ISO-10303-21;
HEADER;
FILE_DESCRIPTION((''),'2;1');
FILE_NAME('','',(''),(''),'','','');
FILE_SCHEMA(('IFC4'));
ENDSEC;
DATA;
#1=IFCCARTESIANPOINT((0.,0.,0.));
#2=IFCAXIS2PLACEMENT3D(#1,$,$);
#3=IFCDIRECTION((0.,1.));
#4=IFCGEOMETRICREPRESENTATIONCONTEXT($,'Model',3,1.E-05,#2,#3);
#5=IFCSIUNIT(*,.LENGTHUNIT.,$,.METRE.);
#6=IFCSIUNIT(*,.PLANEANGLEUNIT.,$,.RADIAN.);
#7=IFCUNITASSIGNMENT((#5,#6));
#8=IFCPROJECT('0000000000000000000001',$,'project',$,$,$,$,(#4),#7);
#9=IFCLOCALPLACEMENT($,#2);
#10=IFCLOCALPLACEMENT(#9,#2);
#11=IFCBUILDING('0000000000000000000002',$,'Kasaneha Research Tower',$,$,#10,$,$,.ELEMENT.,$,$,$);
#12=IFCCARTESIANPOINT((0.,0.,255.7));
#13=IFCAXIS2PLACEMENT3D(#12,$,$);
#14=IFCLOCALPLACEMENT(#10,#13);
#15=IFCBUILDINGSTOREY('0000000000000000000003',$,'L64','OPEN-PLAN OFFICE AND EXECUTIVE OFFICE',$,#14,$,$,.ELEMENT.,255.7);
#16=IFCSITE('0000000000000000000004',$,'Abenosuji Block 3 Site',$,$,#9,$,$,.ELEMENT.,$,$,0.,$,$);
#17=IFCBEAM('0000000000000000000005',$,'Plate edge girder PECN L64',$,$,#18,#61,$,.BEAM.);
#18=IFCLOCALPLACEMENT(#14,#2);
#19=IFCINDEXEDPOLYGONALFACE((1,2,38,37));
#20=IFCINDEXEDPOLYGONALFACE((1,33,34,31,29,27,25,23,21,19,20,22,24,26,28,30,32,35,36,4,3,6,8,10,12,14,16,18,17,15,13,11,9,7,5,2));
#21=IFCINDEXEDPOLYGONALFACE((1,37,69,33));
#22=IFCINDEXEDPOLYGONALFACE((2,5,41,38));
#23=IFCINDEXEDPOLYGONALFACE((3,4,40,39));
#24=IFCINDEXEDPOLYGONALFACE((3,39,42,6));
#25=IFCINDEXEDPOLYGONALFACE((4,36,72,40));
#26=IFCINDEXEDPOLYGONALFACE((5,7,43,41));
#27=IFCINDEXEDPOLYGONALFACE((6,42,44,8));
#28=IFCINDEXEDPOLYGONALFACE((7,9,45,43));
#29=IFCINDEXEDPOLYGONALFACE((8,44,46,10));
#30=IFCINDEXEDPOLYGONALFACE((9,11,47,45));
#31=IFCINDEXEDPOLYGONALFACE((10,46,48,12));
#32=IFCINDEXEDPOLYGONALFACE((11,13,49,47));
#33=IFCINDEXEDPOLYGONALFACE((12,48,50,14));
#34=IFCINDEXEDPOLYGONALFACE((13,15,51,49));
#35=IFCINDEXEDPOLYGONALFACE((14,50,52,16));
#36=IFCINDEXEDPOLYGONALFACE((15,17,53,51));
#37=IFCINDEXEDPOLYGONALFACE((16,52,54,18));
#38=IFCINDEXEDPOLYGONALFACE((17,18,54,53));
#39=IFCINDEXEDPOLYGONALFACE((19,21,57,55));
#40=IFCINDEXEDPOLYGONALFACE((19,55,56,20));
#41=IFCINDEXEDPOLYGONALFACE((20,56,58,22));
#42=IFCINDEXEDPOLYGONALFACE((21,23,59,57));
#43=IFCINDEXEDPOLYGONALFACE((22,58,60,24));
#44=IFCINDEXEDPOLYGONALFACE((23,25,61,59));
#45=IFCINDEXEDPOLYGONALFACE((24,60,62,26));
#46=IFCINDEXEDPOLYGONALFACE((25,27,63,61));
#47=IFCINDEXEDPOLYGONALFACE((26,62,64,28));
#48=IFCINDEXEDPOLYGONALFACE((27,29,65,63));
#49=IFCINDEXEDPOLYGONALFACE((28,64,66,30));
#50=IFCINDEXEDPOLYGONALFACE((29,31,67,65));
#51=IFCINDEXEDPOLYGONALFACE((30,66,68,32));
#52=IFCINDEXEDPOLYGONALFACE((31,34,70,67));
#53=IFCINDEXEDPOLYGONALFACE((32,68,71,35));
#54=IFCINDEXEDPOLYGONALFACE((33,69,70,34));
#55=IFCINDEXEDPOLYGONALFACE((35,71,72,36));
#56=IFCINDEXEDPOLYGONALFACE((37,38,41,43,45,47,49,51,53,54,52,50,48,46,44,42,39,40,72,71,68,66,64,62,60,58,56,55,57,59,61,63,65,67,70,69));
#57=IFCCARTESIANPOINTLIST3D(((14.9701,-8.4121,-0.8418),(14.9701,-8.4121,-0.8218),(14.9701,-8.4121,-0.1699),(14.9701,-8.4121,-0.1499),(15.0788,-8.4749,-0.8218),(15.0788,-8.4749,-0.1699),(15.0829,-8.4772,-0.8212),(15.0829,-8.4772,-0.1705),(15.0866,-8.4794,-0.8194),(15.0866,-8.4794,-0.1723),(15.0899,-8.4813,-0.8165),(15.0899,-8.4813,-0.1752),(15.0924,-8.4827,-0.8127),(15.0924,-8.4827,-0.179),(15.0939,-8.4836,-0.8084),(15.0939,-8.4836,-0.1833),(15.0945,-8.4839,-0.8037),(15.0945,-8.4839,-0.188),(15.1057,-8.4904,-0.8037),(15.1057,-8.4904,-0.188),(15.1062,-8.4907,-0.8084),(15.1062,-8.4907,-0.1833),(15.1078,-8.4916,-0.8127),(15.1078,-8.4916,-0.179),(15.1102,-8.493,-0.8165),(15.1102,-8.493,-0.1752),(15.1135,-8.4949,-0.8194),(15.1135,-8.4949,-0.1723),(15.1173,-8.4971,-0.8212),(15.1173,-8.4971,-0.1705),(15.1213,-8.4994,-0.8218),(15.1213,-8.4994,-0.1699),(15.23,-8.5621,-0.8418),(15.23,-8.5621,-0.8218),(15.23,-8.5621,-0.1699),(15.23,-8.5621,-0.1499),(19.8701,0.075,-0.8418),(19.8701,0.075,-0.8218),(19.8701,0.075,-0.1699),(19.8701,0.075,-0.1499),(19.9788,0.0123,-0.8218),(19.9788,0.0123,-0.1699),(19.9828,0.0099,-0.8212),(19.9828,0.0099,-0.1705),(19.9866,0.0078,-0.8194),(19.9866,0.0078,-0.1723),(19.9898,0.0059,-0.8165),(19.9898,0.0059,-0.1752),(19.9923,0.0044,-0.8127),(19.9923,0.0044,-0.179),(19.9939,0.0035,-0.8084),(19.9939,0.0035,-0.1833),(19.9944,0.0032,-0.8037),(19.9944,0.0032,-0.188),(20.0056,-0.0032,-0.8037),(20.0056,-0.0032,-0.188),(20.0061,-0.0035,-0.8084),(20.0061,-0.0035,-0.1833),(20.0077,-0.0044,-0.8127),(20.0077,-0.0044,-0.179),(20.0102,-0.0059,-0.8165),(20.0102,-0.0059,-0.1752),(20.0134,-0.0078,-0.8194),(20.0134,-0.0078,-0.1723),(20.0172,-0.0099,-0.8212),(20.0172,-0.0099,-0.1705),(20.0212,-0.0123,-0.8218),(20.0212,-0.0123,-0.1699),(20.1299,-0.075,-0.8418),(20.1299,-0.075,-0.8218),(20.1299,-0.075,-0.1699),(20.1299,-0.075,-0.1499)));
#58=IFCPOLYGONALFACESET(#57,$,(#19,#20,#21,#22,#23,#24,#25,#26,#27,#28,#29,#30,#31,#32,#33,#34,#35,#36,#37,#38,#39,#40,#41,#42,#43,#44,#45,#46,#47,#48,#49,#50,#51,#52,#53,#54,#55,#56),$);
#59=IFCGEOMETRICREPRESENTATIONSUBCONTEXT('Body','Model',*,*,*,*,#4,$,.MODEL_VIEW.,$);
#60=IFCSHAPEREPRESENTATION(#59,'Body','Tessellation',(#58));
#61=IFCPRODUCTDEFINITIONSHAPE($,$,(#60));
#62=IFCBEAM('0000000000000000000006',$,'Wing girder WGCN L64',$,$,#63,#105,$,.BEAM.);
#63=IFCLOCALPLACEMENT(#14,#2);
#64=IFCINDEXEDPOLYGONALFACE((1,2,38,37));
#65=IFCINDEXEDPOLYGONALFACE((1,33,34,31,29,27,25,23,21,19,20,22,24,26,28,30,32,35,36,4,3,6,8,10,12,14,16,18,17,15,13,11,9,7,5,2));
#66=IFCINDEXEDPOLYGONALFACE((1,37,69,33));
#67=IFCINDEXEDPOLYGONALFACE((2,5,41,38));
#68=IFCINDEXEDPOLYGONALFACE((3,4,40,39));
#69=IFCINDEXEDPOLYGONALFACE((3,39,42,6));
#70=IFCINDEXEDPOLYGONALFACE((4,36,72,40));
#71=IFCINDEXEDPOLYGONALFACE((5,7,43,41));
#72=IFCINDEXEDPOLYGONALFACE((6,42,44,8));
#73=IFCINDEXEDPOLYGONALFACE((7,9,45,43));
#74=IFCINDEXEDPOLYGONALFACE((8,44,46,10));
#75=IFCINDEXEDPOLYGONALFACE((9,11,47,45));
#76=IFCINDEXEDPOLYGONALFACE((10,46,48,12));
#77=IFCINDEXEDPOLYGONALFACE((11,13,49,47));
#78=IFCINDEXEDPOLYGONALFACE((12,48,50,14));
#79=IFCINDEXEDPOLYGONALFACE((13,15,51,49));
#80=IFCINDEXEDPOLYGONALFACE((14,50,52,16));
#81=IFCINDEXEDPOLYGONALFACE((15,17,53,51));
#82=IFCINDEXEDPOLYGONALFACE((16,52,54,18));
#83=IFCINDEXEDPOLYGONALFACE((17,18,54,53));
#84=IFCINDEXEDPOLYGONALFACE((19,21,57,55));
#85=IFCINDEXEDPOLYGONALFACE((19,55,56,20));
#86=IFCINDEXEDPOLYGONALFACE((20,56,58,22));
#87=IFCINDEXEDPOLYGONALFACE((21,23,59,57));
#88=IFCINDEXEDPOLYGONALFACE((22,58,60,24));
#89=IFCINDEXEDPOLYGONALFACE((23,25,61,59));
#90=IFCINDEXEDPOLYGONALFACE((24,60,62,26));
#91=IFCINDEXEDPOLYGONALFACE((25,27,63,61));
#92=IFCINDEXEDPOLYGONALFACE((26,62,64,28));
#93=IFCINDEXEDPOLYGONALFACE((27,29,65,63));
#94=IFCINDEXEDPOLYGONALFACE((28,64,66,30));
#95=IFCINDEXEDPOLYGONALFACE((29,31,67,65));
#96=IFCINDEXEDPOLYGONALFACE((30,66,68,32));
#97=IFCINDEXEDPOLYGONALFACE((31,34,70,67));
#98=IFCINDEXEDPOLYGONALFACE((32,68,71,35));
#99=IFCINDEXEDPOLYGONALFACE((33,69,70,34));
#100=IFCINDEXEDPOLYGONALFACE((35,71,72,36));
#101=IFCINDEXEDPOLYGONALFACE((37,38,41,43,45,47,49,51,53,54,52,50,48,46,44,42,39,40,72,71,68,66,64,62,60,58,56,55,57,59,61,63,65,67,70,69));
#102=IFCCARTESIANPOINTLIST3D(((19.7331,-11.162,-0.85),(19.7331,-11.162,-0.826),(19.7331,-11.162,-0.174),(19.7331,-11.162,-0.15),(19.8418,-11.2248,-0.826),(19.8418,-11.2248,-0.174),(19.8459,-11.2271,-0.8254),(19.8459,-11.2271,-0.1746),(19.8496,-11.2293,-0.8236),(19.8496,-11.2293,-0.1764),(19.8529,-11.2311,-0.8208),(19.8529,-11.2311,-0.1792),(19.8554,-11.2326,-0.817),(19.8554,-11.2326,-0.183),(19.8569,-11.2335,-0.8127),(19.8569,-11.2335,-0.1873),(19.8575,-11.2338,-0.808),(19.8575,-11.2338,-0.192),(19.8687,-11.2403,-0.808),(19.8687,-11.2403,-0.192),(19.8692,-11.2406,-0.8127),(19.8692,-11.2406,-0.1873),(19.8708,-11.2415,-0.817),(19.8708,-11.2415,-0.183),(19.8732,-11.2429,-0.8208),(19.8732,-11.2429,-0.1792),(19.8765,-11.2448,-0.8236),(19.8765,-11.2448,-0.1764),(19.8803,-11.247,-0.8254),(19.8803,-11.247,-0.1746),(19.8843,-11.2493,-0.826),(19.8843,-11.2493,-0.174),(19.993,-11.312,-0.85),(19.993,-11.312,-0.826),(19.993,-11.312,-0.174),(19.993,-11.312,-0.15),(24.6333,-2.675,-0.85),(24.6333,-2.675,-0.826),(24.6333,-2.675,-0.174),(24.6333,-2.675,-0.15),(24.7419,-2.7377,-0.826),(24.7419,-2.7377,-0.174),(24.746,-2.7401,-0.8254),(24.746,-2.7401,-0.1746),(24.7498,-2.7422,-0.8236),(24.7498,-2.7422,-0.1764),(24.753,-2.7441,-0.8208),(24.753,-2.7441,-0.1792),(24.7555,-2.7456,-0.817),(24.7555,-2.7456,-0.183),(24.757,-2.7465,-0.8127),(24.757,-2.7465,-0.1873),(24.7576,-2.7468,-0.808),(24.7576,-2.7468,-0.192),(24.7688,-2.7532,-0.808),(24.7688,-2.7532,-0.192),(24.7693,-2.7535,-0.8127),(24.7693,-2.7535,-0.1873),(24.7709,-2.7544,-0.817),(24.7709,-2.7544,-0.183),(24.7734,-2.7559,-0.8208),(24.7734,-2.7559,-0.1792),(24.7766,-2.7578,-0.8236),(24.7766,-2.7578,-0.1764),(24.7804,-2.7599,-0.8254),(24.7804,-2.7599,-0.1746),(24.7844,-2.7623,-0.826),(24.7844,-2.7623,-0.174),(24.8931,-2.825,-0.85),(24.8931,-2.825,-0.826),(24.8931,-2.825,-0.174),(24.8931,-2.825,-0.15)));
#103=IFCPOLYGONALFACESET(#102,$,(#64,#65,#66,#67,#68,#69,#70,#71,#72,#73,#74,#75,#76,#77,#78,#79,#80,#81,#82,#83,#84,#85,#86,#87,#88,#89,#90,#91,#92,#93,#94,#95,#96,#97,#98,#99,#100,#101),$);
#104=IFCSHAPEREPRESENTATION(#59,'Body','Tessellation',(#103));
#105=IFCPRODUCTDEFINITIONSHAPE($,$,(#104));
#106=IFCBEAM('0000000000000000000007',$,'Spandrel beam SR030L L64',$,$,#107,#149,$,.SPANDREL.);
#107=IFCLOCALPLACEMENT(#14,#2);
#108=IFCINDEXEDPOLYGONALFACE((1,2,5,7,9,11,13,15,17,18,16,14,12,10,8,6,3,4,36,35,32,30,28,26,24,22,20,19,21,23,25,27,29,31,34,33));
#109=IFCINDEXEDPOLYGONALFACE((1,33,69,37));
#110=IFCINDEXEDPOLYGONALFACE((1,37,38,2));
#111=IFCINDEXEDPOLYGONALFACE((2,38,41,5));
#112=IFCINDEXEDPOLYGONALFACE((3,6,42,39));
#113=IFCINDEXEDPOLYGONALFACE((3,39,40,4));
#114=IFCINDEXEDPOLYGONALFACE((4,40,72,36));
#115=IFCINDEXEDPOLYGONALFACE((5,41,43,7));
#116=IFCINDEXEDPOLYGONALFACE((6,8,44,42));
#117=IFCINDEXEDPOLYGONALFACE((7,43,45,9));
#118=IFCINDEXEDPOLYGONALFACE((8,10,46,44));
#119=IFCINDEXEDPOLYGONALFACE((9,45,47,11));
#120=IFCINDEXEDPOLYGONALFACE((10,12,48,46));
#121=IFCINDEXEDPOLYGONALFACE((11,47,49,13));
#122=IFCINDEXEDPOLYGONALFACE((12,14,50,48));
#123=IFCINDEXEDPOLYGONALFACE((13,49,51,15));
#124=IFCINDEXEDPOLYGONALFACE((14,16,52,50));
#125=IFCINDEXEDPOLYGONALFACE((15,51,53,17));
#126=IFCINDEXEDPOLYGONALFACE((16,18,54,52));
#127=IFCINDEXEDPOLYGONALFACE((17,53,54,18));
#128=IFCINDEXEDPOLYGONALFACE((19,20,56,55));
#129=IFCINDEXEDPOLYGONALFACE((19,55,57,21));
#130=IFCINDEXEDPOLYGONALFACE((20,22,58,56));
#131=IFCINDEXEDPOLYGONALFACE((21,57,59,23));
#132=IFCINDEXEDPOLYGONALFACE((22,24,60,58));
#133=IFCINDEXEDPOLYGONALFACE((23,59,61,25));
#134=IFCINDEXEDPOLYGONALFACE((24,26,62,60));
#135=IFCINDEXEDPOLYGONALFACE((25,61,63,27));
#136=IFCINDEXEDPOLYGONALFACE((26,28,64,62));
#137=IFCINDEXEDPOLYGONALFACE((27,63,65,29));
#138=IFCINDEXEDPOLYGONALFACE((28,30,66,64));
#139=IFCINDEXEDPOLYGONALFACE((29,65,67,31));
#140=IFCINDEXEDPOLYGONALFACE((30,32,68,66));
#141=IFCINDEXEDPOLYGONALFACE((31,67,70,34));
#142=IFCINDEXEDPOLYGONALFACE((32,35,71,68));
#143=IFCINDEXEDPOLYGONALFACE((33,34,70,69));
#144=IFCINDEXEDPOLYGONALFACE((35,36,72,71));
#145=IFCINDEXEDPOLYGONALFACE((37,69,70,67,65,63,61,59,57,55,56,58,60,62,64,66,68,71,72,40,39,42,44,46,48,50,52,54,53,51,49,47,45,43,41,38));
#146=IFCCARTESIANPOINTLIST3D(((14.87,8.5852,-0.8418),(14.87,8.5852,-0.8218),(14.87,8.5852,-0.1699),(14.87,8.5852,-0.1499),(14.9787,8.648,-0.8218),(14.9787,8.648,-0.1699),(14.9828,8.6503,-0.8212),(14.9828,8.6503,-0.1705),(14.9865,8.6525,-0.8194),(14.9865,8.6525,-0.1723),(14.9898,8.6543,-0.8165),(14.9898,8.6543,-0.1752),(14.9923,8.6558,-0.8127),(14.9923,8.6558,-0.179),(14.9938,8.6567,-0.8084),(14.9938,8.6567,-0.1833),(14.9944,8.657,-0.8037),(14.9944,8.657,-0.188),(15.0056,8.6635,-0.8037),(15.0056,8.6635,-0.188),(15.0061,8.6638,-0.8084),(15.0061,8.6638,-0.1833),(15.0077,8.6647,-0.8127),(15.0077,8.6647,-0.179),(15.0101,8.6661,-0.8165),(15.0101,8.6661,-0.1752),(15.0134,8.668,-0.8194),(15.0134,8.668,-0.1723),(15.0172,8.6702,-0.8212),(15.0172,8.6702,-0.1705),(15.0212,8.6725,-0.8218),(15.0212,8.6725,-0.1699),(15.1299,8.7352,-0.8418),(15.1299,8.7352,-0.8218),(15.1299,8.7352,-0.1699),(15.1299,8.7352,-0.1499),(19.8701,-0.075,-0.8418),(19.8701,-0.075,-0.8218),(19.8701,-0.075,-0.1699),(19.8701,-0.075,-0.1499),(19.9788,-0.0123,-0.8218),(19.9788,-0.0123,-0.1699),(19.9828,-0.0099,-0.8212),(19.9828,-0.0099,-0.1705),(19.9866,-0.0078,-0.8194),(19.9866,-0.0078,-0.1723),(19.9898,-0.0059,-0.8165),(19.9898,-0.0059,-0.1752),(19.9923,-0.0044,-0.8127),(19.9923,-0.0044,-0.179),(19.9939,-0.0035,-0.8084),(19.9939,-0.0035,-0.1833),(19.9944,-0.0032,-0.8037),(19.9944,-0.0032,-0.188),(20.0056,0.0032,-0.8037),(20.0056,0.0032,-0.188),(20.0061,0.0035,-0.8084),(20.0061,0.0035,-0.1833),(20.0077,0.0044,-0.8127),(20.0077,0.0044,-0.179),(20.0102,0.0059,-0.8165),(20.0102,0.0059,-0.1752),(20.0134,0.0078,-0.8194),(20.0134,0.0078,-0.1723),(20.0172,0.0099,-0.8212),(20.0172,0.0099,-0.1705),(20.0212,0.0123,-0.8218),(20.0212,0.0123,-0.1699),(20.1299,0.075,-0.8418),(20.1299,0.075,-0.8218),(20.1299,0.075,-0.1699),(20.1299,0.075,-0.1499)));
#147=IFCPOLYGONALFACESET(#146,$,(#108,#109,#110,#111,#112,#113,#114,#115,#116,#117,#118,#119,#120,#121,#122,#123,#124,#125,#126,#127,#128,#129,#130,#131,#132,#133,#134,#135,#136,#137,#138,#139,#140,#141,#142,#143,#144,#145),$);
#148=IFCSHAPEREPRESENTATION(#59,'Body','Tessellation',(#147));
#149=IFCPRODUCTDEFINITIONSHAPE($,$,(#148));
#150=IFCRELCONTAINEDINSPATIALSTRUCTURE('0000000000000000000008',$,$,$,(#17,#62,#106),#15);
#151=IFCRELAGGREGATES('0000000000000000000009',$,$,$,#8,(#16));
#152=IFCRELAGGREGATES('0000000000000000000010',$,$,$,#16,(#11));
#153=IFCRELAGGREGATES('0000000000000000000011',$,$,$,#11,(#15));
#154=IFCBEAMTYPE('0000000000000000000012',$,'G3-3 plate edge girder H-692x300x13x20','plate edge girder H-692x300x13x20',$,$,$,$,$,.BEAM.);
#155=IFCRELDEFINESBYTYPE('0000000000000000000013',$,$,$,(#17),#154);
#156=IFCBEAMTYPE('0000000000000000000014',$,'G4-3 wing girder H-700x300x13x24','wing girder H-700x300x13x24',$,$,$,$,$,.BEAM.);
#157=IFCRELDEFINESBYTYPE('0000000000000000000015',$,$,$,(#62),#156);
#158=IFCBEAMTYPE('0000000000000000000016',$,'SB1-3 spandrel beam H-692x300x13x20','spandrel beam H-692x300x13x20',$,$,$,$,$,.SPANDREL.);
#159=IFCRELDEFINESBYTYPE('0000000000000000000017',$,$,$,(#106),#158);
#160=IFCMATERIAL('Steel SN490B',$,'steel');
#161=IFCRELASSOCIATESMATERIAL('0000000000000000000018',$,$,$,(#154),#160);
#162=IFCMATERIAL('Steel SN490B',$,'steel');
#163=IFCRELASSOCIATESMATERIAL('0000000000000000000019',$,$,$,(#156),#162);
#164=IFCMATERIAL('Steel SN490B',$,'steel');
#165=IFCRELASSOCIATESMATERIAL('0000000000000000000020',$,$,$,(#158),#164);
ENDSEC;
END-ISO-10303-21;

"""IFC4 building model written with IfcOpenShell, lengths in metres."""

from ifc_helpers import new_model, si_unit, direction, frame, origin, origin_2d, place, context, subcontext, project, spatial, i_section, extrude, material, material_profile, profile_set, type_object, element, save


model = new_model("IFC4")

# Units and contexts
model_context = context("Model", 3, precision=1e-05, world=origin(), true_north=direction((0.0, 1.0)))
body_context = subcontext(model_context, "Body", "Model", "MODEL_VIEW")
ifc_project = project(units=[si_unit("LENGTHUNIT", "METRE"), si_unit("PLANEANGLEUNIT", "RADIAN")], contexts=[model_context])

# Site, building, storey
site_placement = place(None, origin())
site = spatial("IfcSite", under=ifc_project, at=site_placement, Name="Abenosuji Block 3 Site", CompositionType="ELEMENT", RefElevation=0.0)
building_placement = place(site_placement, origin())
building = spatial("IfcBuilding", under=site, at=building_placement, Name="Kasaneha Research Tower", CompositionType="ELEMENT")
storey_placement = place(building_placement, frame((0.0, 0.0, 255.7)))
storey = spatial("IfcBuildingStorey", under=building, at=storey_placement, Name="L64", Description="OPEN-PLAN OFFICE AND EXECUTIVE OFFICE", CompositionType="ELEMENT", Elevation=255.7)

# Beams
ifc_material_1 = material(Name="Steel SN490B", Category="steel")
ifc_material_profile_1 = material_profile(ifc_material_1, i_section(OverallWidth=0.3, OverallDepth=0.6919, WebThickness=0.0129, FlangeThickness=0.02, FilletRadius=0.0181, at=origin_2d()), Name="H-692x300x13x20")
ifc_profile_set_1 = profile_set([ifc_material_profile_1], Name="Steel SN490B")
beam_type_1 = type_object("IfcBeamType", Name="G3-3 plate edge girder H-692x300x13x20", Description="plate edge girder H-692x300x13x20", PredefinedType="BEAM", material=ifc_profile_set_1)
beam_1_placement = place(storey_placement, frame((20.0, 0.0, -0.4958), z_axis=(-0.499992, -0.86603, 0.0), x_axis=(0.86603, -0.499992, 0.0)))
element("IfcBeam", 1, at=beam_1_placement, inside=storey, type_object=beam_type_1, Name="Plate edge girder PECN L64", PredefinedType="BEAM", context=body_context, shape_type="SweptSolid", body=[
    extrude(i_section(OverallWidth=0.3, OverallDepth=0.6919, WebThickness=0.0129, FlangeThickness=0.02, FilletRadius=0.0181, at=origin_2d()), origin(), (0.0, 0.0, 1.0), 9.8),
])
ifc_material_2 = material(Name="Steel SN490B", Category="steel")
ifc_material_profile_2 = material_profile(ifc_material_2, i_section(OverallWidth=0.3, OverallDepth=0.7, WebThickness=0.0129, FlangeThickness=0.0239, FilletRadius=0.0181, at=origin_2d()), Name="H-700x300x13x24")
ifc_profile_set_2 = profile_set([ifc_material_profile_2], Name="Steel SN490B")
beam_type_2 = type_object("IfcBeamType", Name="G4-3 wing girder H-700x300x13x24", Description="wing girder H-700x300x13x24", PredefinedType="BEAM", material=ifc_profile_set_2)
beam_2_placement = place(storey_placement, frame((24.7632, -2.75, -0.5), z_axis=(-0.500011, -0.866019, 0.0), x_axis=(0.866019, -0.500011, 0.0)))
element("IfcBeam", 2, at=beam_2_placement, inside=storey, type_object=beam_type_2, Name="Wing girder WGCN L64", PredefinedType="BEAM", context=body_context, shape_type="SweptSolid", body=[
    extrude(i_section(OverallWidth=0.3, OverallDepth=0.7, WebThickness=0.0129, FlangeThickness=0.0239, FilletRadius=0.0181, at=origin_2d()), origin(), (0.0, 0.0, 1.0), 9.8),
])
ifc_material_3 = material(Name="Steel SN490B", Category="steel")
ifc_material_profile_3 = material_profile(ifc_material_3, i_section(OverallWidth=0.3, OverallDepth=0.6919, WebThickness=0.0129, FlangeThickness=0.02, FilletRadius=0.0181, at=origin_2d()), Name="H-692x300x13x20")
ifc_profile_set_3 = profile_set([ifc_material_profile_3], Name="Steel SN490B")
beam_type_3 = type_object("IfcBeamType", Name="SB1-3 spandrel beam H-692x300x13x20", Description="spandrel beam H-692x300x13x20", PredefinedType="SPANDREL", material=ifc_profile_set_3)
beam_3_placement = place(storey_placement, frame((20.0, 0.0, -0.4958), z_axis=(-0.500004, 0.866023, 0.0), x_axis=(-0.866023, -0.500004, 0.0)))
element("IfcBeam", 3, at=beam_3_placement, inside=storey, type_object=beam_type_3, Name="Spandrel beam SR030L L64", PredefinedType="SPANDREL", context=body_context, shape_type="SweptSolid", body=[
    extrude(i_section(OverallWidth=0.3, OverallDepth=0.6919, WebThickness=0.0129, FlangeThickness=0.02, FilletRadius=0.0181, at=origin_2d()), origin(), (0.0, 0.0, 1.0), 10.0),
])

save(model, "model.ifc")
